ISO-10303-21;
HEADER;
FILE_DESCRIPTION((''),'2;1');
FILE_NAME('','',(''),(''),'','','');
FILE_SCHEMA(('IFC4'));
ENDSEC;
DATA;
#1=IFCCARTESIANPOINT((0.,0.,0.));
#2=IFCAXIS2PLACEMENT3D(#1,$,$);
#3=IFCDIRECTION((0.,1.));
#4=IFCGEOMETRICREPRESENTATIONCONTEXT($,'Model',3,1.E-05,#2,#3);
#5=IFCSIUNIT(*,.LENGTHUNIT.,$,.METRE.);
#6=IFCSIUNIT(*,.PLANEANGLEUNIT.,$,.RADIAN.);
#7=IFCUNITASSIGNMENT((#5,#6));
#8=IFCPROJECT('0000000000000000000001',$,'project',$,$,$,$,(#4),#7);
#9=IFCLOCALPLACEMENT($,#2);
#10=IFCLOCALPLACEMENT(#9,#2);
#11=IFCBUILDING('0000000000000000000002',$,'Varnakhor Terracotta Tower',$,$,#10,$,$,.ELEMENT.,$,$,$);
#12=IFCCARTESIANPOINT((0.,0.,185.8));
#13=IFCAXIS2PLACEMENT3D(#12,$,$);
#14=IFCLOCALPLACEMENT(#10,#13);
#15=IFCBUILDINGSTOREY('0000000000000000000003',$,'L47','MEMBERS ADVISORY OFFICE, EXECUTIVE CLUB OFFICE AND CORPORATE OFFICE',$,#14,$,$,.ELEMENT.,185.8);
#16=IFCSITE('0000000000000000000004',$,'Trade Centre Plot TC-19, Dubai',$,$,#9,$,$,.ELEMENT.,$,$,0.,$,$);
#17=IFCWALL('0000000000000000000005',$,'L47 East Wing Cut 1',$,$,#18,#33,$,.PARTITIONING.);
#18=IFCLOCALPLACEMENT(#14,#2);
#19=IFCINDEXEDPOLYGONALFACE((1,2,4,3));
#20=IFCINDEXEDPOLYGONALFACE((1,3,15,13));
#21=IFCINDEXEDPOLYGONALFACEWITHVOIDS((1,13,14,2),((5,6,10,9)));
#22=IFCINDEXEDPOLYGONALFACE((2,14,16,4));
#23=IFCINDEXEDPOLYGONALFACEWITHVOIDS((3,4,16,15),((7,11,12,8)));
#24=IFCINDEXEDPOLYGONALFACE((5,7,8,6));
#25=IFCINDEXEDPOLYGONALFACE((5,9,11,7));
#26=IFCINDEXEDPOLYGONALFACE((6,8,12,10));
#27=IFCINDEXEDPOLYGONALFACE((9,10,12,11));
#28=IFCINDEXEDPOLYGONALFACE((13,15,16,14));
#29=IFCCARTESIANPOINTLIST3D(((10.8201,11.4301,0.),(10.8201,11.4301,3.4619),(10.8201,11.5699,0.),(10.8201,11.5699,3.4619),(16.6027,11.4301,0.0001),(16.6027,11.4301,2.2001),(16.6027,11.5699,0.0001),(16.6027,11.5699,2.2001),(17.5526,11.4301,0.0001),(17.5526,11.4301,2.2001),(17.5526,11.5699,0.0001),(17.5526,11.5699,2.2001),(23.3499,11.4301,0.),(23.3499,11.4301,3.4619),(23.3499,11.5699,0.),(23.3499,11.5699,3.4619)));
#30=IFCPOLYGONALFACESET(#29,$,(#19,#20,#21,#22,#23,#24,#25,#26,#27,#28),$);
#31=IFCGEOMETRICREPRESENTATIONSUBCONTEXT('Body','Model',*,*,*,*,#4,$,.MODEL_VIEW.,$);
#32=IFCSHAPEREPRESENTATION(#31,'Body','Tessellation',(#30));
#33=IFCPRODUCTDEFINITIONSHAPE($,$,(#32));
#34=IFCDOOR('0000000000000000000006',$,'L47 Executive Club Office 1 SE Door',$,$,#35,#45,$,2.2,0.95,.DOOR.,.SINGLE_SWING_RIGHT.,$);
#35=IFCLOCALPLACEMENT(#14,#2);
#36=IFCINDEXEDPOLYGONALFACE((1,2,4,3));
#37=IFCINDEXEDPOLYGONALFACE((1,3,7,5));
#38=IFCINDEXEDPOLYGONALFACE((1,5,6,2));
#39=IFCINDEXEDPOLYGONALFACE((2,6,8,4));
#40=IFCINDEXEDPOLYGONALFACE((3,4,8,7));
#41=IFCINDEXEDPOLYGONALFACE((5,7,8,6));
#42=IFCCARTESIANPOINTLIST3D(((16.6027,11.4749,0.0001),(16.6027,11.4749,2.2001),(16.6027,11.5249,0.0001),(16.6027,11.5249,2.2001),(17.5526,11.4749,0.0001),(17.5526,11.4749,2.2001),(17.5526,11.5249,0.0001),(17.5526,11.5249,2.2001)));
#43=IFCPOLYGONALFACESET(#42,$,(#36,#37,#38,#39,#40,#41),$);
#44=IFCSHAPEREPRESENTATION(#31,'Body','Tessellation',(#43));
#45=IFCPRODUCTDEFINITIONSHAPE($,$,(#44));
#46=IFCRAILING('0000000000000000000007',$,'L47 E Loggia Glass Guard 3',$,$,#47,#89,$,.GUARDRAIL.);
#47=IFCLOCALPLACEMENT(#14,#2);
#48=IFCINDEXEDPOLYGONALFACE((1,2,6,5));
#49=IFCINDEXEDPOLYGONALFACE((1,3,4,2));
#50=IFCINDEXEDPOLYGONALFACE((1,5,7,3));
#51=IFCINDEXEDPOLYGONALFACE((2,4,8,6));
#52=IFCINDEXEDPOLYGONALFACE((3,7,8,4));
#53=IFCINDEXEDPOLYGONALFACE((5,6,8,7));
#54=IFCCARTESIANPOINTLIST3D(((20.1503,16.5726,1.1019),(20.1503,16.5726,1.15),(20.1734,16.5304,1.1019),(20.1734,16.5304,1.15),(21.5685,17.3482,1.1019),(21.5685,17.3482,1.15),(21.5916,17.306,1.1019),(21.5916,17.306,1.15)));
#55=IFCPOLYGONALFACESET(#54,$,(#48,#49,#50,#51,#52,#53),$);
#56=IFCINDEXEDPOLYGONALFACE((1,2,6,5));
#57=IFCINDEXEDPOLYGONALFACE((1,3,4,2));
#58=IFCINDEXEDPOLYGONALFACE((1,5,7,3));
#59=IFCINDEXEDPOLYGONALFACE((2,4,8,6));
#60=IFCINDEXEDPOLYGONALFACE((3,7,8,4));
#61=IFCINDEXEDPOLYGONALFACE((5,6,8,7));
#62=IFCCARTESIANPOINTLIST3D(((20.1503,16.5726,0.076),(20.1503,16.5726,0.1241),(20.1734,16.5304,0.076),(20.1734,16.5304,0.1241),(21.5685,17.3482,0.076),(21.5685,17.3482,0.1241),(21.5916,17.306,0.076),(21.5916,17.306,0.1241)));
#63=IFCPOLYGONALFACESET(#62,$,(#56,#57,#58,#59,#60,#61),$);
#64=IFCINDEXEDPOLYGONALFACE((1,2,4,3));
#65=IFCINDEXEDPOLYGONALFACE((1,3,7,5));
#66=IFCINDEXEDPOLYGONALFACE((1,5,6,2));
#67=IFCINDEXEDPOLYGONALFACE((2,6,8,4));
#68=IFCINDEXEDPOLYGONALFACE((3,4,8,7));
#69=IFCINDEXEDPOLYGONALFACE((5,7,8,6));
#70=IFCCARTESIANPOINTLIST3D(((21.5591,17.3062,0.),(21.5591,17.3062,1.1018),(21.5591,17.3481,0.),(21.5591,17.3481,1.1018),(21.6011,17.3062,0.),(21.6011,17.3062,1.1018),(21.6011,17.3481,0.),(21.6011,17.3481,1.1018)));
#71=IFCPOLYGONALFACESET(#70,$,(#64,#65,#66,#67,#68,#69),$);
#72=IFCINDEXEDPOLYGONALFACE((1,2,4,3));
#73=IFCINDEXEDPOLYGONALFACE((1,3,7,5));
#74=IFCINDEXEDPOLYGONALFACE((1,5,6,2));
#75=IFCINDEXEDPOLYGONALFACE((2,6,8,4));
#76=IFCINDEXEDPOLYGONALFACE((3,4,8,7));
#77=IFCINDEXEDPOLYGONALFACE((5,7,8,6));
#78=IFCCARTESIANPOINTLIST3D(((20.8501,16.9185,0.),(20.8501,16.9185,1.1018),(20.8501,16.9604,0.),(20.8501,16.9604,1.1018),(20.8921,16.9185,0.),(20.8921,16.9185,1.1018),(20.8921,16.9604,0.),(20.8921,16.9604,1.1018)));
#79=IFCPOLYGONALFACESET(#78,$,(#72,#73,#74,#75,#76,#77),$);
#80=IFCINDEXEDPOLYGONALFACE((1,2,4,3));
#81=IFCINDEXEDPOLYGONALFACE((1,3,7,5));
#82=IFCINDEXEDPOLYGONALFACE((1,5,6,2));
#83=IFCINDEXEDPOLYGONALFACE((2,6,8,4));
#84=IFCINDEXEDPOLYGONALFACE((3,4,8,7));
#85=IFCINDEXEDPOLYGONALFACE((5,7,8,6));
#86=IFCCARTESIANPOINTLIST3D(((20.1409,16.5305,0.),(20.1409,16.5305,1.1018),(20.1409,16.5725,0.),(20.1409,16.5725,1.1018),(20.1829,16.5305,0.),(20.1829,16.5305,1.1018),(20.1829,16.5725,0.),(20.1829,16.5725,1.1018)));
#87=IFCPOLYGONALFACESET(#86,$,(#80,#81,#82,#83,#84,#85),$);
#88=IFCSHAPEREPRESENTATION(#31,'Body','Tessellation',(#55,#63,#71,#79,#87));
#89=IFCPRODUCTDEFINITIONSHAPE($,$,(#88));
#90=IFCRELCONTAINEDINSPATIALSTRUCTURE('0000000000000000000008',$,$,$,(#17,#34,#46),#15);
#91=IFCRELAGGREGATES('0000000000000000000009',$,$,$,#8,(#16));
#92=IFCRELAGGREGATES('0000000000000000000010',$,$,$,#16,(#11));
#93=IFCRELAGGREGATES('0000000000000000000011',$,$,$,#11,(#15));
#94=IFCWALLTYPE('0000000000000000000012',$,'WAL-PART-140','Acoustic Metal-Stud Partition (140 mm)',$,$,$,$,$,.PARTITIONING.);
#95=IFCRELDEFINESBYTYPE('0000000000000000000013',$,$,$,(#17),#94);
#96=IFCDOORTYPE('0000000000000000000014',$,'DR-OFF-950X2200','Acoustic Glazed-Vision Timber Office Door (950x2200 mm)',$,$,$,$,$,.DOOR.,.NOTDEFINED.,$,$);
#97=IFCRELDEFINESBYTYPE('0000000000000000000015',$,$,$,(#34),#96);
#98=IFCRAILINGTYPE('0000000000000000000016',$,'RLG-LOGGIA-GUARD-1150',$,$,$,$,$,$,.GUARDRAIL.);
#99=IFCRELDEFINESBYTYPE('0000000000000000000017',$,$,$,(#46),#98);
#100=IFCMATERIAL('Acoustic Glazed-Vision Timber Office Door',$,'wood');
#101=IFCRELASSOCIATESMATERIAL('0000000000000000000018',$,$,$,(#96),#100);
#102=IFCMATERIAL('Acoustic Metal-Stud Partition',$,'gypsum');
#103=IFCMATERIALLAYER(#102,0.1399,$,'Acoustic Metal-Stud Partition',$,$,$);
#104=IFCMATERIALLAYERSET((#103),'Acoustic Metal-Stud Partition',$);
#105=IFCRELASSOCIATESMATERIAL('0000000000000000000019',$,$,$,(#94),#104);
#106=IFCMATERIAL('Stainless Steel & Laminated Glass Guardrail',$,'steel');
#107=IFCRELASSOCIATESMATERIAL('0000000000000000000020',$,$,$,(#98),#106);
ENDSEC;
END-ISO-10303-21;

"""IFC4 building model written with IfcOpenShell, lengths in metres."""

from ifc_helpers import new_model, si_unit, direction, frame, frame_2d, origin, origin_2d, place, context, subcontext, project, spatial, rectangle, extrude, source, transform, mapped, material, layer, layer_set, type_object, type_shapes, element, fill, save


model = new_model("IFC4")

# Units and contexts
model_context = context("Model", 3, precision=1e-05, world=origin(), true_north=direction((0.0, 1.0)))
body_context = subcontext(model_context, "Body", "Model", "MODEL_VIEW")
ifc_project = project(units=[si_unit("LENGTHUNIT", "METRE"), si_unit("PLANEANGLEUNIT", "RADIAN")], contexts=[model_context])

# Site, building, storey
site_placement = place(None, origin())
site = spatial("IfcSite", under=ifc_project, at=site_placement, Name="Trade Centre Plot TC-19, Dubai", CompositionType="ELEMENT", RefElevation=0.0)
building_placement = place(site_placement, origin())
building = spatial("IfcBuilding", under=site, at=building_placement, Name="Varnakhor Terracotta Tower", CompositionType="ELEMENT")
storey_placement = place(building_placement, frame((0.0, 0.0, 185.8)))
storey = spatial("IfcBuildingStorey", under=building, at=storey_placement, Name="L47", Description="MEMBERS ADVISORY OFFICE, EXECUTIVE CLUB OFFICE AND CORPORATE OFFICE", CompositionType="ELEMENT", Elevation=185.8)

# Wall, opening, door
ifc_material_1 = material(Name="Acoustic Glazed-Vision Timber Office Door", Category="wood")
door_type = type_object("IfcDoorType", Name="DR-OFF-950X2200", Description="Acoustic Glazed-Vision Timber Office Door (950x2200 mm)", OperationType="NOTDEFINED", PredefinedType="DOOR", material=ifc_material_1)
shared_shape_1 = source(origin(), body_context, "Body", "SweptSolid", [
    extrude(rectangle(XDim=0.95, YDim=2.2, at=frame_2d((0.4751, 1.1001))), frame((0.0, 0.0249, 0.0), z_axis=(0.0, -1.0, 0.0), x_axis=(1.0, 0.0, 0.0)), (0.0, 0.0, 1.0), 0.05),
])
type_shapes(door_type, [shared_shape_1])
ifc_material_2 = material(Name="Acoustic Metal-Stud Partition", Category="gypsum")
ifc_layer_1 = layer(ifc_material_2, 0.1399, Name="Acoustic Metal-Stud Partition")
ifc_layer_set_1 = layer_set([ifc_layer_1], Name="Acoustic Metal-Stud Partition")
wall_type_1 = type_object("IfcWallType", Name="WAL-PART-140", Description="Acoustic Metal-Stud Partition (140 mm)", PredefinedType="PARTITIONING", material=ifc_layer_set_1)
wall_1_placement = place(storey_placement, frame((10.8201, 11.5, 0.0), z_axis=(0.0, 0.0, 1.0), x_axis=(1.0, 0.0, 0.0)))
wall_1 = element("IfcWall", 1, at=wall_1_placement, inside=storey, type_object=wall_type_1, Name="L47 East Wing Cut 1", PredefinedType="PARTITIONING", context=body_context, shape_type="SweptSolid", body=[
    extrude(rectangle(XDim=12.5298, YDim=0.1399, at=frame_2d((6.2649, 0.0))), origin(), (0.0, 0.0, 1.0), 3.4619),
])
opening_1_placement = place(wall_1_placement, frame((5.7825, 0.0, 0.0)))
opening_1 = element("IfcOpeningElement", 2, at=opening_1_placement, cuts=wall_1, PredefinedType="OPENING", context=body_context, shape_type="SweptSolid", body=[
    extrude(rectangle(XDim=0.95, YDim=2.2, at=frame_2d((0.4751, 1.1001))), frame((0.0, 0.0801, 0.0), z_axis=(0.0, -1.0, 0.0), x_axis=(1.0, 0.0, 0.0)), (0.0, 0.0, 1.0), 0.1599),
])
door_1_placement = place(opening_1_placement, origin())
door_1 = element("IfcDoor", 3, at=door_1_placement, inside=storey, type_object=door_type, Name="L47 Executive Club Office 1 SE Door", OperationType="SINGLE_SWING_RIGHT", OverallHeight=2.2, OverallWidth=0.95, PredefinedType="DOOR", context=body_context, shape_type="MappedRepresentation", body=[
    mapped(shared_shape_1, transform((0.0, 0.0, 0.0), scale=1.0)),
])
fill(opening_1, door_1)

# Railing
ifc_material_3 = material(Name="Stainless Steel & Laminated Glass Guardrail", Category="steel")
railing_type = type_object("IfcRailingType", Name="RLG-LOGGIA-GUARD-1150", PredefinedType="GUARDRAIL", material=ifc_material_3)
railing_placement = place(storey_placement, frame((21.5801, 17.3271, 0.0)))
element("IfcRailing", 4, at=railing_placement, inside=storey, type_object=railing_type, Name="L47 E Loggia Glass Guard 3", PredefinedType="GUARDRAIL", context=body_context, shape_type="SweptSolid", body=[
    extrude(rectangle(XDim=0.0481, YDim=0.0481, at=origin_2d()), frame((0.0, 0.0, 1.126), z_axis=(-0.877358, -0.479836, 0.0), x_axis=(0.479836, -0.877358, 0.0)), (0.0, 0.0, 1.0), 1.6165),
    extrude(rectangle(XDim=0.0481, YDim=0.0481, at=origin_2d()), frame((0.0, 0.0, 0.1001), z_axis=(-0.877358, -0.479836, 0.0), x_axis=(0.479836, -0.877358, 0.0)), (0.0, 0.0, 1.0), 1.6165),
    extrude(rectangle(XDim=0.042, YDim=0.042, at=origin_2d()), origin(), (0.0, 0.0, 1.0), 1.1018),
    extrude(rectangle(XDim=0.042, YDim=0.042, at=origin_2d()), frame((-0.709, -0.3877, 0.0)), (0.0, 0.0, 1.0), 1.1018),
    extrude(rectangle(XDim=0.042, YDim=0.042, at=origin_2d()), frame((-1.4182, -0.7756, 0.0)), (0.0, 0.0, 1.0), 1.1018),
])

save(model, "model.ifc")
